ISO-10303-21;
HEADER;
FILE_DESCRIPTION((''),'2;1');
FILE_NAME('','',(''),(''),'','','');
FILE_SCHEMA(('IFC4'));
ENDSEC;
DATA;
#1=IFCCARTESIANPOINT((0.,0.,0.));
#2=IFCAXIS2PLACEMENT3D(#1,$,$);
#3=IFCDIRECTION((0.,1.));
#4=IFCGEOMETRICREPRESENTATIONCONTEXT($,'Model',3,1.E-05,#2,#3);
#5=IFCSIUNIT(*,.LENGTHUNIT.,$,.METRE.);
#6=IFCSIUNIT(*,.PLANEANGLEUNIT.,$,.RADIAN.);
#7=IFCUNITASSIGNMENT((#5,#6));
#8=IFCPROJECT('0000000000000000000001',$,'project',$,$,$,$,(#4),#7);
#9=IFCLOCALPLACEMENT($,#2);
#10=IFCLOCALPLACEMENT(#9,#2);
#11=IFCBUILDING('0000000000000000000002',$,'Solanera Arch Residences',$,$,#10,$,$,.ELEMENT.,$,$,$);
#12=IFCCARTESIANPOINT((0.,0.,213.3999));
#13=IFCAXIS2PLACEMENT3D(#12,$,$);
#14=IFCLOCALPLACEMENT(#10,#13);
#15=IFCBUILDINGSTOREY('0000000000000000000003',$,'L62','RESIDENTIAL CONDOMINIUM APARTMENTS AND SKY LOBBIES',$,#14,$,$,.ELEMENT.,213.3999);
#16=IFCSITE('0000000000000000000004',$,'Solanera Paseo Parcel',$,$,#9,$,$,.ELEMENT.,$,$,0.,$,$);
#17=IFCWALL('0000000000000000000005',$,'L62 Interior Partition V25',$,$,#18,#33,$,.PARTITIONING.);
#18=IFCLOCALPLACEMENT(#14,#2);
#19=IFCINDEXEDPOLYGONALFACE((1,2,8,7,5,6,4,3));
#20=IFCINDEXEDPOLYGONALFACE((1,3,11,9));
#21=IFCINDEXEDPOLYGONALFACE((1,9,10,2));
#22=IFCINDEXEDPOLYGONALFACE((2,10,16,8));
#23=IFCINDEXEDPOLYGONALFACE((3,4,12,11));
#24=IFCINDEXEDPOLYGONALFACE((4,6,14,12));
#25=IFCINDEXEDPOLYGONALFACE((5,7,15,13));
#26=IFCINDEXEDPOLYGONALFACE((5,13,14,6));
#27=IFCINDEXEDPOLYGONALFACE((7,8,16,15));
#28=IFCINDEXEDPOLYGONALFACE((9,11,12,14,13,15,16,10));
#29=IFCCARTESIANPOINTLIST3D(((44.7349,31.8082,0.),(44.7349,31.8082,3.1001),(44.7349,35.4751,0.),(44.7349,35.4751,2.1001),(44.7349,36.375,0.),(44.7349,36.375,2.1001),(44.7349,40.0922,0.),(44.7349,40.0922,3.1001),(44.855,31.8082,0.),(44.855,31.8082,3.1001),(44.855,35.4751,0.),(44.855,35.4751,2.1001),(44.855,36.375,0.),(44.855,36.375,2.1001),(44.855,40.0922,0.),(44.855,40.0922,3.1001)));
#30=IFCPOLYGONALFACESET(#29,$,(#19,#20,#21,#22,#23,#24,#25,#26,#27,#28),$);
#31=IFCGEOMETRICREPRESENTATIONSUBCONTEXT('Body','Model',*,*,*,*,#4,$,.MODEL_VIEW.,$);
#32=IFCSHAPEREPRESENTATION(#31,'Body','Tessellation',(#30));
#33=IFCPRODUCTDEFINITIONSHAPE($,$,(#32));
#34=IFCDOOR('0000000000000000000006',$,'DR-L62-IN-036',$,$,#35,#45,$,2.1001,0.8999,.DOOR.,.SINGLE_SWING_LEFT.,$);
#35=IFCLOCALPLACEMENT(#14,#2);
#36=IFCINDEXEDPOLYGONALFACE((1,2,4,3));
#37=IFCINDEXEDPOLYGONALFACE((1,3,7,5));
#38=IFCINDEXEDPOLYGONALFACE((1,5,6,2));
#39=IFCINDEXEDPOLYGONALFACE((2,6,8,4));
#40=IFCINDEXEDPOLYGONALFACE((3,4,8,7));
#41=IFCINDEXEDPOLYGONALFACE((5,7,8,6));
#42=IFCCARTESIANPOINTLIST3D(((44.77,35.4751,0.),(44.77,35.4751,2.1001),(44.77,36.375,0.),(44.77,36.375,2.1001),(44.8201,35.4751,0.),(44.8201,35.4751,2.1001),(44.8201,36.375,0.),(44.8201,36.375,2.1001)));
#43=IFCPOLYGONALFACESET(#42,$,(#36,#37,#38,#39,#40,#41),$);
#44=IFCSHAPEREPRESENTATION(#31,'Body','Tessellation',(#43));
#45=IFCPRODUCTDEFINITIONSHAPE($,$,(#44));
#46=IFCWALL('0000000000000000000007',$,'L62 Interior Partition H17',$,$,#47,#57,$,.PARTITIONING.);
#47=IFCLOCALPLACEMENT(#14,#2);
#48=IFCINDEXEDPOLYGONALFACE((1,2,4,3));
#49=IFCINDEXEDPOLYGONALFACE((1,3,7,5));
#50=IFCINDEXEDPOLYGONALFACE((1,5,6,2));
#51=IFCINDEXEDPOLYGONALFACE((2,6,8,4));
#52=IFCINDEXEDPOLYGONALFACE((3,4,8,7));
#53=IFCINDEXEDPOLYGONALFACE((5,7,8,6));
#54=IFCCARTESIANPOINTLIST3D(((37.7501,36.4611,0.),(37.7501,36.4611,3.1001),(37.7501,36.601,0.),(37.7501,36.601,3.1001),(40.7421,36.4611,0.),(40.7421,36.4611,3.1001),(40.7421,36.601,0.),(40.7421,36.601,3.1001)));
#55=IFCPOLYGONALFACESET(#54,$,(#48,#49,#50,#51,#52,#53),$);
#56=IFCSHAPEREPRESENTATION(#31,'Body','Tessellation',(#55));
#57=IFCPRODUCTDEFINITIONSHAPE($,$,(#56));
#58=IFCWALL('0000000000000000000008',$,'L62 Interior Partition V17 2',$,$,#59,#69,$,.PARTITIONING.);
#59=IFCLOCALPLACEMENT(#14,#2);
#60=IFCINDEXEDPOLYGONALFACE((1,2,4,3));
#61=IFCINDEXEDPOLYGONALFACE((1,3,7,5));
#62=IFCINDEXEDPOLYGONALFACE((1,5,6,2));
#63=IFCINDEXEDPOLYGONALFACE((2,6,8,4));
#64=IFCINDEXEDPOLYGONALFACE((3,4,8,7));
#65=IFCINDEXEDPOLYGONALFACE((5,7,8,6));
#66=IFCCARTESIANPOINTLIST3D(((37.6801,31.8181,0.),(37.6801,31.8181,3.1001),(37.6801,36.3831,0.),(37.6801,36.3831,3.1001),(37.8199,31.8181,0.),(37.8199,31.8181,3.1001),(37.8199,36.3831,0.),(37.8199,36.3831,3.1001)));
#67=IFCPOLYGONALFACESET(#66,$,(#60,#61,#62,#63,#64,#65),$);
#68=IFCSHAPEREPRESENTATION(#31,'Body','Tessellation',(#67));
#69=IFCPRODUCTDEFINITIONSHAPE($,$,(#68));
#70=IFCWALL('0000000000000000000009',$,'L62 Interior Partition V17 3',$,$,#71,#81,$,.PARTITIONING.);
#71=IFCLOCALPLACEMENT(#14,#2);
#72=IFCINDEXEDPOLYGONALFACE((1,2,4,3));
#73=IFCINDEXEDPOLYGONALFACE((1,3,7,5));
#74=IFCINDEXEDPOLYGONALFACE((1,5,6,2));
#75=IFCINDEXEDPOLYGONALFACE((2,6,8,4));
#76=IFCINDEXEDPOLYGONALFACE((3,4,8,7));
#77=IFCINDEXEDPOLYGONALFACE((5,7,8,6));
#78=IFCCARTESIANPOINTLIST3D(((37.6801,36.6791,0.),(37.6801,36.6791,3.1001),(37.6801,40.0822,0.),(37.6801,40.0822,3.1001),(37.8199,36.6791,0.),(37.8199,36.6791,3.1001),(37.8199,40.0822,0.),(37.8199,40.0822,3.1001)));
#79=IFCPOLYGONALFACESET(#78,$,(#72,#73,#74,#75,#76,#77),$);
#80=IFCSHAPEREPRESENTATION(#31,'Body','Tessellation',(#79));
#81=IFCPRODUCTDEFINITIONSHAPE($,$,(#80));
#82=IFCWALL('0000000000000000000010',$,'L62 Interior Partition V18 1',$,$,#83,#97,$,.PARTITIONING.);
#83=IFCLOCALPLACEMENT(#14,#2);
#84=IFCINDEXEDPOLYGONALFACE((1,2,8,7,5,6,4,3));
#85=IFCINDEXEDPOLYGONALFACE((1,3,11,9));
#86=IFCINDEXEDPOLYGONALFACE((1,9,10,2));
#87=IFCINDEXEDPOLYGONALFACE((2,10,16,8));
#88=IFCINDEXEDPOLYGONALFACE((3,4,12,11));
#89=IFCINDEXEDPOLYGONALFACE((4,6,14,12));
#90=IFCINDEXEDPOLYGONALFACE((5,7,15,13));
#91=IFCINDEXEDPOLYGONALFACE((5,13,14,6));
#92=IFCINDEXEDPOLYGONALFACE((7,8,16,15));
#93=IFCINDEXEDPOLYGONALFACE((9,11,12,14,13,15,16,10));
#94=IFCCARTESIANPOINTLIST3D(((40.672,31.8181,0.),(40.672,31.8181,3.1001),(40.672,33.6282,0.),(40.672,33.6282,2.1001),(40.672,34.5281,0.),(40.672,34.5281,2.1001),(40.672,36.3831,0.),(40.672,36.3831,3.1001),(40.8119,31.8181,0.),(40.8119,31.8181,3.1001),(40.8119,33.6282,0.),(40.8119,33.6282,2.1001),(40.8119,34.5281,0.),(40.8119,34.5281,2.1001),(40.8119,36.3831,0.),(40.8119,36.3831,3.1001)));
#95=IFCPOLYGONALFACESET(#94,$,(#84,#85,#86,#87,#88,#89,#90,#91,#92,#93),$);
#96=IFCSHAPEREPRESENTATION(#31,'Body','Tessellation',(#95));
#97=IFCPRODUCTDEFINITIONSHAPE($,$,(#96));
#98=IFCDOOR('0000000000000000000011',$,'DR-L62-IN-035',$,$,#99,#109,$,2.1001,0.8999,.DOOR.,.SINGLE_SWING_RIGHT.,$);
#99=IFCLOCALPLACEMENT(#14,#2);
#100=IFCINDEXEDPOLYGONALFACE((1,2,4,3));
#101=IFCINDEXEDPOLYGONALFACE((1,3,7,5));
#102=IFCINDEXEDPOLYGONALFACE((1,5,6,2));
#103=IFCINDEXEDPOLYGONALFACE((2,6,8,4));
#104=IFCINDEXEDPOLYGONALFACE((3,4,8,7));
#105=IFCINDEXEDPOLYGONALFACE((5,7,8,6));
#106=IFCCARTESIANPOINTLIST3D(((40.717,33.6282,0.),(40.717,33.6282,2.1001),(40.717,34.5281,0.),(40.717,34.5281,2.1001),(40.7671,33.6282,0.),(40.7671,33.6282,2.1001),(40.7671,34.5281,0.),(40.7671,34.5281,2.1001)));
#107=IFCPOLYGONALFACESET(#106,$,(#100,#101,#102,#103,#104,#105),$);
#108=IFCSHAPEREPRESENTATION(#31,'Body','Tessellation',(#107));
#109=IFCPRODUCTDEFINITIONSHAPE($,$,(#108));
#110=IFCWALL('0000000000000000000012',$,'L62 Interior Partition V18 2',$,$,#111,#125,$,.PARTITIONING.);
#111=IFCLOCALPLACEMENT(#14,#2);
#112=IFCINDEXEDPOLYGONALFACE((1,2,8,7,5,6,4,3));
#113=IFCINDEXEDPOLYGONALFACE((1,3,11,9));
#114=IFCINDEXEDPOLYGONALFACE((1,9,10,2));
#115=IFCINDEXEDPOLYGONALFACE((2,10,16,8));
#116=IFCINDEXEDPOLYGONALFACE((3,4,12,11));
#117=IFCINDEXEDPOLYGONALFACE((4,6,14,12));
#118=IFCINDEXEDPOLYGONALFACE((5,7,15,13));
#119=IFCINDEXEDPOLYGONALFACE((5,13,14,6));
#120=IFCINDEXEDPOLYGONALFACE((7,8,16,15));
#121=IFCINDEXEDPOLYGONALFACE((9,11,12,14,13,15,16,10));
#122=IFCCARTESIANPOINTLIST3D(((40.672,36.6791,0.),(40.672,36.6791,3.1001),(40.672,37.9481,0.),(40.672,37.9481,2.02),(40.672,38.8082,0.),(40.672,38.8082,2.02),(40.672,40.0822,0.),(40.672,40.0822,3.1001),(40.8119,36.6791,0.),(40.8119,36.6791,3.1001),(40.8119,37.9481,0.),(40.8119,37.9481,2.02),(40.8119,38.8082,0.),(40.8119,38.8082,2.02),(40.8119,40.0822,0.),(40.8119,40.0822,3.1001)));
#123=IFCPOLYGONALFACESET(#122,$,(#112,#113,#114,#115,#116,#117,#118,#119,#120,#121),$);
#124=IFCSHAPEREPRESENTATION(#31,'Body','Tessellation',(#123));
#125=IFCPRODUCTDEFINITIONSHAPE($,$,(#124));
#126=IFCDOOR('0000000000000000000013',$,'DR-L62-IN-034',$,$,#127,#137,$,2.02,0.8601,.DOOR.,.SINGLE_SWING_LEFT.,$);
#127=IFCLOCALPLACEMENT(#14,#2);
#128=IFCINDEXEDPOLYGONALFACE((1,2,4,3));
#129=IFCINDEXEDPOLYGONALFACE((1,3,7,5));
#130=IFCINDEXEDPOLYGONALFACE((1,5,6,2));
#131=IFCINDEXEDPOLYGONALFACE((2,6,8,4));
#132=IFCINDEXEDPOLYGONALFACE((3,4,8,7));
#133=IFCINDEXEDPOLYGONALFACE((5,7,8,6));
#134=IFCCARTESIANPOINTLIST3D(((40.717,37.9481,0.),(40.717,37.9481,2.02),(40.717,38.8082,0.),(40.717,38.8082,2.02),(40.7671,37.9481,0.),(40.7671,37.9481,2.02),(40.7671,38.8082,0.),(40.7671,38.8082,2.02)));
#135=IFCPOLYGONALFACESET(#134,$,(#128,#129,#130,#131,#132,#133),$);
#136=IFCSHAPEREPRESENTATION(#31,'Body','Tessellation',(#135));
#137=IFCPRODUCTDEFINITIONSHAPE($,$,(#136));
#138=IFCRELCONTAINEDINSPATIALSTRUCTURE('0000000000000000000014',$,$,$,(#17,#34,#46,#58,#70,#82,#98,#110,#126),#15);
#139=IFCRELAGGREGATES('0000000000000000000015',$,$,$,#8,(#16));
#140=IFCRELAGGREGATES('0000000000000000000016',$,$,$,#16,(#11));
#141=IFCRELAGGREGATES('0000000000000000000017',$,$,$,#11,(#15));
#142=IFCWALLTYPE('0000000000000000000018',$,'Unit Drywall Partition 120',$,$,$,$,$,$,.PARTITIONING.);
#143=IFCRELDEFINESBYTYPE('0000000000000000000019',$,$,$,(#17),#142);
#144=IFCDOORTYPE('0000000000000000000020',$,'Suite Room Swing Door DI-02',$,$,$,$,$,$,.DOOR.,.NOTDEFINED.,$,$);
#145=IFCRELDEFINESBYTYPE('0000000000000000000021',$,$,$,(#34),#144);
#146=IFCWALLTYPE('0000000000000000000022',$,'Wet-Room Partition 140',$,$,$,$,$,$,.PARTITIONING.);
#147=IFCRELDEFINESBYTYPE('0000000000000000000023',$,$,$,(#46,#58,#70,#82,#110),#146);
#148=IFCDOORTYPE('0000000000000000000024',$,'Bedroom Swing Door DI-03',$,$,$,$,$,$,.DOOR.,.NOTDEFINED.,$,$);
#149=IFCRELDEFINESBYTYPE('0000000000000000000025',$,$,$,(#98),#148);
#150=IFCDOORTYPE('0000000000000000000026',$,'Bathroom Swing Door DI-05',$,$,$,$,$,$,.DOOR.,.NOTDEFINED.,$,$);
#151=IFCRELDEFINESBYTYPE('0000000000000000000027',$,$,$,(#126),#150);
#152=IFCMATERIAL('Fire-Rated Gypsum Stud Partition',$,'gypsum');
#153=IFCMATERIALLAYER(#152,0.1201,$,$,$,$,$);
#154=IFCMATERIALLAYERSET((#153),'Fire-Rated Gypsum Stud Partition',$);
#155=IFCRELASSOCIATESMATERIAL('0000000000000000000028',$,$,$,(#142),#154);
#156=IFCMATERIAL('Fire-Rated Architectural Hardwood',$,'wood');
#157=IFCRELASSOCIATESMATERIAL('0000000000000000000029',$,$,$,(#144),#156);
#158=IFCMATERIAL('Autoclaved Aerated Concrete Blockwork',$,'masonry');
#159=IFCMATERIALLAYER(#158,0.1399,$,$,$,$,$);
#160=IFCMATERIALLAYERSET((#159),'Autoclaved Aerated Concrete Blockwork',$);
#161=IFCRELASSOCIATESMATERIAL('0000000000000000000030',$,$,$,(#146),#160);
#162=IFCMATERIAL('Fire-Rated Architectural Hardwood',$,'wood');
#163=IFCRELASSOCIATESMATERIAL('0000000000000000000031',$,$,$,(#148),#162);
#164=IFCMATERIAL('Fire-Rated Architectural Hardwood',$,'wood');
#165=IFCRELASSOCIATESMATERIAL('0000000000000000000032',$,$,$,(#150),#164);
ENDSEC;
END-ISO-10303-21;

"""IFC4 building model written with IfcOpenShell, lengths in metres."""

from ifc_helpers import new_model, si_unit, direction, frame, frame_2d, origin, place, context, subcontext, project, spatial, rectangle, extrude, material, layer, layer_set, type_object, element, fill, save


model = new_model("IFC4")

# Units and contexts
model_context = context("Model", 3, precision=1e-05, world=origin(), true_north=direction((0.0, 1.0)))
body_context = subcontext(model_context, "Body", "Model", "MODEL_VIEW")
ifc_project = project(units=[si_unit("LENGTHUNIT", "METRE"), si_unit("PLANEANGLEUNIT", "RADIAN")], contexts=[model_context])

# Site, building, storey
site_placement = place(None, origin())
site = spatial("IfcSite", under=ifc_project, at=site_placement, Name="Solanera Paseo Parcel", CompositionType="ELEMENT", RefElevation=0.0)
building_placement = place(site_placement, origin())
building = spatial("IfcBuilding", under=site, at=building_placement, Name="Solanera Arch Residences", CompositionType="ELEMENT")
storey_placement = place(building_placement, frame((0.0, 0.0, 213.3999)))
storey = spatial("IfcBuildingStorey", under=building, at=storey_placement, Name="L62", Description="RESIDENTIAL CONDOMINIUM APARTMENTS AND SKY LOBBIES", CompositionType="ELEMENT", Elevation=213.3999)

# Wall, opening, door
ifc_material_1 = material(Name="Fire-Rated Gypsum Stud Partition", Category="gypsum")
ifc_layer_1 = layer(ifc_material_1, 0.1201)
ifc_layer_set_1 = layer_set([ifc_layer_1], Name="Fire-Rated Gypsum Stud Partition")
wall_type_1 = type_object("IfcWallType", Name="Unit Drywall Partition 120", PredefinedType="PARTITIONING", material=ifc_layer_set_1)
wall_1_placement = place(storey_placement, frame((44.7949, 31.8081, 0.0), z_axis=(0.0, 0.0, 1.0), x_axis=(0.0, 1.0, 0.0)))
wall_1 = element("IfcWall", 1, at=wall_1_placement, inside=storey, type_object=wall_type_1, Name="L62 Interior Partition V25", PredefinedType="PARTITIONING", context=body_context, shape_type="SweptSolid", body=[
    extrude(rectangle(XDim=8.2839, YDim=0.1201, at=frame_2d((4.1421, 0.0))), origin(), (0.0, 0.0, 1.0), 3.1001),
])
opening_1_placement = place(wall_1_placement, frame((3.667, 0.0, 0.0)))
opening_1 = element("IfcOpeningElement", 2, at=opening_1_placement, cuts=wall_1, PredefinedType="OPENING", context=body_context, shape_type="SweptSolid", body=[
    extrude(rectangle(XDim=0.8999, YDim=2.1001, at=frame_2d((0.45, 1.05))), frame((0.0, 0.0701, 0.0), z_axis=(0.0, -1.0, 0.0), x_axis=(1.0, 0.0, 0.0)), (0.0, 0.0, 1.0), 0.1401),
])
ifc_material_2 = material(Name="Fire-Rated Architectural Hardwood", Category="wood")
door_type_1 = type_object("IfcDoorType", Name="Suite Room Swing Door DI-02", OperationType="NOTDEFINED", PredefinedType="DOOR", material=ifc_material_2)
door_1_placement = place(opening_1_placement, origin())
door_1 = element("IfcDoor", 3, at=door_1_placement, inside=storey, type_object=door_type_1, Name="DR-L62-IN-036", OperationType="SINGLE_SWING_LEFT", OverallHeight=2.1001, OverallWidth=0.8999, PredefinedType="DOOR", context=body_context, shape_type="SweptSolid", body=[
    extrude(rectangle(XDim=0.8999, YDim=2.1001, at=frame_2d((0.45, 1.05))), frame((0.0, 0.0249, 0.0), z_axis=(0.0, -1.0, 0.0), x_axis=(1.0, 0.0, 0.0)), (0.0, 0.0, 1.0), 0.05),
])
fill(opening_1, door_1)

# Walls
ifc_material_3 = material(Name="Autoclaved Aerated Concrete Blockwork", Category="masonry")
ifc_layer_2 = layer(ifc_material_3, 0.1399)
ifc_layer_set_2 = layer_set([ifc_layer_2], Name="Autoclaved Aerated Concrete Blockwork")
wall_type_2 = type_object("IfcWallType", Name="Wet-Room Partition 140", PredefinedType="PARTITIONING", material=ifc_layer_set_2)
wall_2_placement = place(storey_placement, frame((37.75, 36.531, 0.0), z_axis=(0.0, 0.0, 1.0), x_axis=(1.0, 0.0, 0.0)))
element("IfcWall", 4, at=wall_2_placement, inside=storey, type_object=wall_type_2, Name="L62 Interior Partition H17", PredefinedType="PARTITIONING", context=body_context, shape_type="SweptSolid", body=[
    extrude(rectangle(XDim=2.9919, YDim=0.1399, at=frame_2d((1.4961, 0.0))), origin(), (0.0, 0.0, 1.0), 3.1001),
])
wall_3_placement = place(storey_placement, frame((37.75, 31.8181, 0.0), z_axis=(0.0, 0.0, 1.0), x_axis=(0.0, 1.0, 0.0)))
element("IfcWall", 5, at=wall_3_placement, inside=storey, type_object=wall_type_2, Name="L62 Interior Partition V17 2", PredefinedType="PARTITIONING", context=body_context, shape_type="SweptSolid", body=[
    extrude(rectangle(XDim=4.5649, YDim=0.1399, at=frame_2d((2.2825, 0.0))), origin(), (0.0, 0.0, 1.0), 3.1001),
])
wall_4_placement = place(storey_placement, frame((37.75, 36.679, 0.0), z_axis=(0.0, 0.0, 1.0), x_axis=(0.0, 1.0, 0.0)))
element("IfcWall", 6, at=wall_4_placement, inside=storey, type_object=wall_type_2, Name="L62 Interior Partition V17 3", PredefinedType="PARTITIONING", context=body_context, shape_type="SweptSolid", body=[
    extrude(rectangle(XDim=3.4031, YDim=0.1399, at=frame_2d((1.7017, 0.0))), origin(), (0.0, 0.0, 1.0), 3.1001),
])

# Walls, openings, doors
wall_5_placement = place(storey_placement, frame((40.7419, 31.8181, 0.0), z_axis=(0.0, 0.0, 1.0), x_axis=(0.0, 1.0, 0.0)))
wall_5 = element("IfcWall", 7, at=wall_5_placement, inside=storey, type_object=wall_type_2, Name="L62 Interior Partition V18 1", PredefinedType="PARTITIONING", context=body_context, shape_type="SweptSolid", body=[
    extrude(rectangle(XDim=4.5649, YDim=0.1399, at=frame_2d((2.2825, 0.0))), origin(), (0.0, 0.0, 1.0), 3.1001),
])
opening_2_placement = place(wall_5_placement, frame((1.8101, 0.0, 0.0)))
opening_2 = element("IfcOpeningElement", 8, at=opening_2_placement, cuts=wall_5, PredefinedType="OPENING", context=body_context, shape_type="SweptSolid", body=[
    extrude(rectangle(XDim=0.8999, YDim=2.1001, at=frame_2d((0.45, 1.05))), frame((0.0, 0.0798, 0.0), z_axis=(0.0, -1.0, 0.0), x_axis=(1.0, 0.0, 0.0)), (0.0, 0.0, 1.0), 0.1599),
])
ifc_material_4 = material(Name="Fire-Rated Architectural Hardwood", Category="wood")
door_type_2 = type_object("IfcDoorType", Name="Bedroom Swing Door DI-03", OperationType="NOTDEFINED", PredefinedType="DOOR", material=ifc_material_4)
door_2_placement = place(opening_2_placement, origin())
door_2 = element("IfcDoor", 9, at=door_2_placement, inside=storey, type_object=door_type_2, Name="DR-L62-IN-035", OperationType="SINGLE_SWING_RIGHT", OverallHeight=2.1001, OverallWidth=0.8999, PredefinedType="DOOR", context=body_context, shape_type="SweptSolid", body=[
    extrude(rectangle(XDim=0.8999, YDim=2.1001, at=frame_2d((0.45, 1.05))), frame((0.0, 0.0249, 0.0), z_axis=(0.0, -1.0, 0.0), x_axis=(1.0, 0.0, 0.0)), (0.0, 0.0, 1.0), 0.05),
])
fill(opening_2, door_2)
wall_6_placement = place(storey_placement, frame((40.7419, 36.679, 0.0), z_axis=(0.0, 0.0, 1.0), x_axis=(0.0, 1.0, 0.0)))
wall_6 = element("IfcWall", 10, at=wall_6_placement, inside=storey, type_object=wall_type_2, Name="L62 Interior Partition V18 2", PredefinedType="PARTITIONING", context=body_context, shape_type="SweptSolid", body=[
    extrude(rectangle(XDim=3.4031, YDim=0.1399, at=frame_2d((1.7017, 0.0))), origin(), (0.0, 0.0, 1.0), 3.1001),
])
opening_3_placement = place(wall_6_placement, frame((1.269, 0.0, 0.0)))
opening_3 = element("IfcOpeningElement", 11, at=opening_3_placement, cuts=wall_6, PredefinedType="OPENING", context=body_context, shape_type="SweptSolid", body=[
    extrude(rectangle(XDim=0.8601, YDim=2.02, at=frame_2d((0.4302, 1.01))), frame((0.0, 0.0798, 0.0), z_axis=(0.0, -1.0, 0.0), x_axis=(1.0, 0.0, 0.0)), (0.0, 0.0, 1.0), 0.1599),
])
ifc_material_5 = material(Name="Fire-Rated Architectural Hardwood", Category="wood")
door_type_3 = type_object("IfcDoorType", Name="Bathroom Swing Door DI-05", OperationType="NOTDEFINED", PredefinedType="DOOR", material=ifc_material_5)
door_3_placement = place(opening_3_placement, origin())
door_3 = element("IfcDoor", 12, at=door_3_placement, inside=storey, type_object=door_type_3, Name="DR-L62-IN-034", OperationType="SINGLE_SWING_LEFT", OverallHeight=2.02, OverallWidth=0.8601, PredefinedType="DOOR", context=body_context, shape_type="SweptSolid", body=[
    extrude(rectangle(XDim=0.8601, YDim=2.02, at=frame_2d((0.4302, 1.01))), frame((0.0, 0.0249, 0.0), z_axis=(0.0, -1.0, 0.0), x_axis=(1.0, 0.0, 0.0)), (0.0, 0.0, 1.0), 0.05),
])
fill(opening_3, door_3)

save(model, "model.ifc")
